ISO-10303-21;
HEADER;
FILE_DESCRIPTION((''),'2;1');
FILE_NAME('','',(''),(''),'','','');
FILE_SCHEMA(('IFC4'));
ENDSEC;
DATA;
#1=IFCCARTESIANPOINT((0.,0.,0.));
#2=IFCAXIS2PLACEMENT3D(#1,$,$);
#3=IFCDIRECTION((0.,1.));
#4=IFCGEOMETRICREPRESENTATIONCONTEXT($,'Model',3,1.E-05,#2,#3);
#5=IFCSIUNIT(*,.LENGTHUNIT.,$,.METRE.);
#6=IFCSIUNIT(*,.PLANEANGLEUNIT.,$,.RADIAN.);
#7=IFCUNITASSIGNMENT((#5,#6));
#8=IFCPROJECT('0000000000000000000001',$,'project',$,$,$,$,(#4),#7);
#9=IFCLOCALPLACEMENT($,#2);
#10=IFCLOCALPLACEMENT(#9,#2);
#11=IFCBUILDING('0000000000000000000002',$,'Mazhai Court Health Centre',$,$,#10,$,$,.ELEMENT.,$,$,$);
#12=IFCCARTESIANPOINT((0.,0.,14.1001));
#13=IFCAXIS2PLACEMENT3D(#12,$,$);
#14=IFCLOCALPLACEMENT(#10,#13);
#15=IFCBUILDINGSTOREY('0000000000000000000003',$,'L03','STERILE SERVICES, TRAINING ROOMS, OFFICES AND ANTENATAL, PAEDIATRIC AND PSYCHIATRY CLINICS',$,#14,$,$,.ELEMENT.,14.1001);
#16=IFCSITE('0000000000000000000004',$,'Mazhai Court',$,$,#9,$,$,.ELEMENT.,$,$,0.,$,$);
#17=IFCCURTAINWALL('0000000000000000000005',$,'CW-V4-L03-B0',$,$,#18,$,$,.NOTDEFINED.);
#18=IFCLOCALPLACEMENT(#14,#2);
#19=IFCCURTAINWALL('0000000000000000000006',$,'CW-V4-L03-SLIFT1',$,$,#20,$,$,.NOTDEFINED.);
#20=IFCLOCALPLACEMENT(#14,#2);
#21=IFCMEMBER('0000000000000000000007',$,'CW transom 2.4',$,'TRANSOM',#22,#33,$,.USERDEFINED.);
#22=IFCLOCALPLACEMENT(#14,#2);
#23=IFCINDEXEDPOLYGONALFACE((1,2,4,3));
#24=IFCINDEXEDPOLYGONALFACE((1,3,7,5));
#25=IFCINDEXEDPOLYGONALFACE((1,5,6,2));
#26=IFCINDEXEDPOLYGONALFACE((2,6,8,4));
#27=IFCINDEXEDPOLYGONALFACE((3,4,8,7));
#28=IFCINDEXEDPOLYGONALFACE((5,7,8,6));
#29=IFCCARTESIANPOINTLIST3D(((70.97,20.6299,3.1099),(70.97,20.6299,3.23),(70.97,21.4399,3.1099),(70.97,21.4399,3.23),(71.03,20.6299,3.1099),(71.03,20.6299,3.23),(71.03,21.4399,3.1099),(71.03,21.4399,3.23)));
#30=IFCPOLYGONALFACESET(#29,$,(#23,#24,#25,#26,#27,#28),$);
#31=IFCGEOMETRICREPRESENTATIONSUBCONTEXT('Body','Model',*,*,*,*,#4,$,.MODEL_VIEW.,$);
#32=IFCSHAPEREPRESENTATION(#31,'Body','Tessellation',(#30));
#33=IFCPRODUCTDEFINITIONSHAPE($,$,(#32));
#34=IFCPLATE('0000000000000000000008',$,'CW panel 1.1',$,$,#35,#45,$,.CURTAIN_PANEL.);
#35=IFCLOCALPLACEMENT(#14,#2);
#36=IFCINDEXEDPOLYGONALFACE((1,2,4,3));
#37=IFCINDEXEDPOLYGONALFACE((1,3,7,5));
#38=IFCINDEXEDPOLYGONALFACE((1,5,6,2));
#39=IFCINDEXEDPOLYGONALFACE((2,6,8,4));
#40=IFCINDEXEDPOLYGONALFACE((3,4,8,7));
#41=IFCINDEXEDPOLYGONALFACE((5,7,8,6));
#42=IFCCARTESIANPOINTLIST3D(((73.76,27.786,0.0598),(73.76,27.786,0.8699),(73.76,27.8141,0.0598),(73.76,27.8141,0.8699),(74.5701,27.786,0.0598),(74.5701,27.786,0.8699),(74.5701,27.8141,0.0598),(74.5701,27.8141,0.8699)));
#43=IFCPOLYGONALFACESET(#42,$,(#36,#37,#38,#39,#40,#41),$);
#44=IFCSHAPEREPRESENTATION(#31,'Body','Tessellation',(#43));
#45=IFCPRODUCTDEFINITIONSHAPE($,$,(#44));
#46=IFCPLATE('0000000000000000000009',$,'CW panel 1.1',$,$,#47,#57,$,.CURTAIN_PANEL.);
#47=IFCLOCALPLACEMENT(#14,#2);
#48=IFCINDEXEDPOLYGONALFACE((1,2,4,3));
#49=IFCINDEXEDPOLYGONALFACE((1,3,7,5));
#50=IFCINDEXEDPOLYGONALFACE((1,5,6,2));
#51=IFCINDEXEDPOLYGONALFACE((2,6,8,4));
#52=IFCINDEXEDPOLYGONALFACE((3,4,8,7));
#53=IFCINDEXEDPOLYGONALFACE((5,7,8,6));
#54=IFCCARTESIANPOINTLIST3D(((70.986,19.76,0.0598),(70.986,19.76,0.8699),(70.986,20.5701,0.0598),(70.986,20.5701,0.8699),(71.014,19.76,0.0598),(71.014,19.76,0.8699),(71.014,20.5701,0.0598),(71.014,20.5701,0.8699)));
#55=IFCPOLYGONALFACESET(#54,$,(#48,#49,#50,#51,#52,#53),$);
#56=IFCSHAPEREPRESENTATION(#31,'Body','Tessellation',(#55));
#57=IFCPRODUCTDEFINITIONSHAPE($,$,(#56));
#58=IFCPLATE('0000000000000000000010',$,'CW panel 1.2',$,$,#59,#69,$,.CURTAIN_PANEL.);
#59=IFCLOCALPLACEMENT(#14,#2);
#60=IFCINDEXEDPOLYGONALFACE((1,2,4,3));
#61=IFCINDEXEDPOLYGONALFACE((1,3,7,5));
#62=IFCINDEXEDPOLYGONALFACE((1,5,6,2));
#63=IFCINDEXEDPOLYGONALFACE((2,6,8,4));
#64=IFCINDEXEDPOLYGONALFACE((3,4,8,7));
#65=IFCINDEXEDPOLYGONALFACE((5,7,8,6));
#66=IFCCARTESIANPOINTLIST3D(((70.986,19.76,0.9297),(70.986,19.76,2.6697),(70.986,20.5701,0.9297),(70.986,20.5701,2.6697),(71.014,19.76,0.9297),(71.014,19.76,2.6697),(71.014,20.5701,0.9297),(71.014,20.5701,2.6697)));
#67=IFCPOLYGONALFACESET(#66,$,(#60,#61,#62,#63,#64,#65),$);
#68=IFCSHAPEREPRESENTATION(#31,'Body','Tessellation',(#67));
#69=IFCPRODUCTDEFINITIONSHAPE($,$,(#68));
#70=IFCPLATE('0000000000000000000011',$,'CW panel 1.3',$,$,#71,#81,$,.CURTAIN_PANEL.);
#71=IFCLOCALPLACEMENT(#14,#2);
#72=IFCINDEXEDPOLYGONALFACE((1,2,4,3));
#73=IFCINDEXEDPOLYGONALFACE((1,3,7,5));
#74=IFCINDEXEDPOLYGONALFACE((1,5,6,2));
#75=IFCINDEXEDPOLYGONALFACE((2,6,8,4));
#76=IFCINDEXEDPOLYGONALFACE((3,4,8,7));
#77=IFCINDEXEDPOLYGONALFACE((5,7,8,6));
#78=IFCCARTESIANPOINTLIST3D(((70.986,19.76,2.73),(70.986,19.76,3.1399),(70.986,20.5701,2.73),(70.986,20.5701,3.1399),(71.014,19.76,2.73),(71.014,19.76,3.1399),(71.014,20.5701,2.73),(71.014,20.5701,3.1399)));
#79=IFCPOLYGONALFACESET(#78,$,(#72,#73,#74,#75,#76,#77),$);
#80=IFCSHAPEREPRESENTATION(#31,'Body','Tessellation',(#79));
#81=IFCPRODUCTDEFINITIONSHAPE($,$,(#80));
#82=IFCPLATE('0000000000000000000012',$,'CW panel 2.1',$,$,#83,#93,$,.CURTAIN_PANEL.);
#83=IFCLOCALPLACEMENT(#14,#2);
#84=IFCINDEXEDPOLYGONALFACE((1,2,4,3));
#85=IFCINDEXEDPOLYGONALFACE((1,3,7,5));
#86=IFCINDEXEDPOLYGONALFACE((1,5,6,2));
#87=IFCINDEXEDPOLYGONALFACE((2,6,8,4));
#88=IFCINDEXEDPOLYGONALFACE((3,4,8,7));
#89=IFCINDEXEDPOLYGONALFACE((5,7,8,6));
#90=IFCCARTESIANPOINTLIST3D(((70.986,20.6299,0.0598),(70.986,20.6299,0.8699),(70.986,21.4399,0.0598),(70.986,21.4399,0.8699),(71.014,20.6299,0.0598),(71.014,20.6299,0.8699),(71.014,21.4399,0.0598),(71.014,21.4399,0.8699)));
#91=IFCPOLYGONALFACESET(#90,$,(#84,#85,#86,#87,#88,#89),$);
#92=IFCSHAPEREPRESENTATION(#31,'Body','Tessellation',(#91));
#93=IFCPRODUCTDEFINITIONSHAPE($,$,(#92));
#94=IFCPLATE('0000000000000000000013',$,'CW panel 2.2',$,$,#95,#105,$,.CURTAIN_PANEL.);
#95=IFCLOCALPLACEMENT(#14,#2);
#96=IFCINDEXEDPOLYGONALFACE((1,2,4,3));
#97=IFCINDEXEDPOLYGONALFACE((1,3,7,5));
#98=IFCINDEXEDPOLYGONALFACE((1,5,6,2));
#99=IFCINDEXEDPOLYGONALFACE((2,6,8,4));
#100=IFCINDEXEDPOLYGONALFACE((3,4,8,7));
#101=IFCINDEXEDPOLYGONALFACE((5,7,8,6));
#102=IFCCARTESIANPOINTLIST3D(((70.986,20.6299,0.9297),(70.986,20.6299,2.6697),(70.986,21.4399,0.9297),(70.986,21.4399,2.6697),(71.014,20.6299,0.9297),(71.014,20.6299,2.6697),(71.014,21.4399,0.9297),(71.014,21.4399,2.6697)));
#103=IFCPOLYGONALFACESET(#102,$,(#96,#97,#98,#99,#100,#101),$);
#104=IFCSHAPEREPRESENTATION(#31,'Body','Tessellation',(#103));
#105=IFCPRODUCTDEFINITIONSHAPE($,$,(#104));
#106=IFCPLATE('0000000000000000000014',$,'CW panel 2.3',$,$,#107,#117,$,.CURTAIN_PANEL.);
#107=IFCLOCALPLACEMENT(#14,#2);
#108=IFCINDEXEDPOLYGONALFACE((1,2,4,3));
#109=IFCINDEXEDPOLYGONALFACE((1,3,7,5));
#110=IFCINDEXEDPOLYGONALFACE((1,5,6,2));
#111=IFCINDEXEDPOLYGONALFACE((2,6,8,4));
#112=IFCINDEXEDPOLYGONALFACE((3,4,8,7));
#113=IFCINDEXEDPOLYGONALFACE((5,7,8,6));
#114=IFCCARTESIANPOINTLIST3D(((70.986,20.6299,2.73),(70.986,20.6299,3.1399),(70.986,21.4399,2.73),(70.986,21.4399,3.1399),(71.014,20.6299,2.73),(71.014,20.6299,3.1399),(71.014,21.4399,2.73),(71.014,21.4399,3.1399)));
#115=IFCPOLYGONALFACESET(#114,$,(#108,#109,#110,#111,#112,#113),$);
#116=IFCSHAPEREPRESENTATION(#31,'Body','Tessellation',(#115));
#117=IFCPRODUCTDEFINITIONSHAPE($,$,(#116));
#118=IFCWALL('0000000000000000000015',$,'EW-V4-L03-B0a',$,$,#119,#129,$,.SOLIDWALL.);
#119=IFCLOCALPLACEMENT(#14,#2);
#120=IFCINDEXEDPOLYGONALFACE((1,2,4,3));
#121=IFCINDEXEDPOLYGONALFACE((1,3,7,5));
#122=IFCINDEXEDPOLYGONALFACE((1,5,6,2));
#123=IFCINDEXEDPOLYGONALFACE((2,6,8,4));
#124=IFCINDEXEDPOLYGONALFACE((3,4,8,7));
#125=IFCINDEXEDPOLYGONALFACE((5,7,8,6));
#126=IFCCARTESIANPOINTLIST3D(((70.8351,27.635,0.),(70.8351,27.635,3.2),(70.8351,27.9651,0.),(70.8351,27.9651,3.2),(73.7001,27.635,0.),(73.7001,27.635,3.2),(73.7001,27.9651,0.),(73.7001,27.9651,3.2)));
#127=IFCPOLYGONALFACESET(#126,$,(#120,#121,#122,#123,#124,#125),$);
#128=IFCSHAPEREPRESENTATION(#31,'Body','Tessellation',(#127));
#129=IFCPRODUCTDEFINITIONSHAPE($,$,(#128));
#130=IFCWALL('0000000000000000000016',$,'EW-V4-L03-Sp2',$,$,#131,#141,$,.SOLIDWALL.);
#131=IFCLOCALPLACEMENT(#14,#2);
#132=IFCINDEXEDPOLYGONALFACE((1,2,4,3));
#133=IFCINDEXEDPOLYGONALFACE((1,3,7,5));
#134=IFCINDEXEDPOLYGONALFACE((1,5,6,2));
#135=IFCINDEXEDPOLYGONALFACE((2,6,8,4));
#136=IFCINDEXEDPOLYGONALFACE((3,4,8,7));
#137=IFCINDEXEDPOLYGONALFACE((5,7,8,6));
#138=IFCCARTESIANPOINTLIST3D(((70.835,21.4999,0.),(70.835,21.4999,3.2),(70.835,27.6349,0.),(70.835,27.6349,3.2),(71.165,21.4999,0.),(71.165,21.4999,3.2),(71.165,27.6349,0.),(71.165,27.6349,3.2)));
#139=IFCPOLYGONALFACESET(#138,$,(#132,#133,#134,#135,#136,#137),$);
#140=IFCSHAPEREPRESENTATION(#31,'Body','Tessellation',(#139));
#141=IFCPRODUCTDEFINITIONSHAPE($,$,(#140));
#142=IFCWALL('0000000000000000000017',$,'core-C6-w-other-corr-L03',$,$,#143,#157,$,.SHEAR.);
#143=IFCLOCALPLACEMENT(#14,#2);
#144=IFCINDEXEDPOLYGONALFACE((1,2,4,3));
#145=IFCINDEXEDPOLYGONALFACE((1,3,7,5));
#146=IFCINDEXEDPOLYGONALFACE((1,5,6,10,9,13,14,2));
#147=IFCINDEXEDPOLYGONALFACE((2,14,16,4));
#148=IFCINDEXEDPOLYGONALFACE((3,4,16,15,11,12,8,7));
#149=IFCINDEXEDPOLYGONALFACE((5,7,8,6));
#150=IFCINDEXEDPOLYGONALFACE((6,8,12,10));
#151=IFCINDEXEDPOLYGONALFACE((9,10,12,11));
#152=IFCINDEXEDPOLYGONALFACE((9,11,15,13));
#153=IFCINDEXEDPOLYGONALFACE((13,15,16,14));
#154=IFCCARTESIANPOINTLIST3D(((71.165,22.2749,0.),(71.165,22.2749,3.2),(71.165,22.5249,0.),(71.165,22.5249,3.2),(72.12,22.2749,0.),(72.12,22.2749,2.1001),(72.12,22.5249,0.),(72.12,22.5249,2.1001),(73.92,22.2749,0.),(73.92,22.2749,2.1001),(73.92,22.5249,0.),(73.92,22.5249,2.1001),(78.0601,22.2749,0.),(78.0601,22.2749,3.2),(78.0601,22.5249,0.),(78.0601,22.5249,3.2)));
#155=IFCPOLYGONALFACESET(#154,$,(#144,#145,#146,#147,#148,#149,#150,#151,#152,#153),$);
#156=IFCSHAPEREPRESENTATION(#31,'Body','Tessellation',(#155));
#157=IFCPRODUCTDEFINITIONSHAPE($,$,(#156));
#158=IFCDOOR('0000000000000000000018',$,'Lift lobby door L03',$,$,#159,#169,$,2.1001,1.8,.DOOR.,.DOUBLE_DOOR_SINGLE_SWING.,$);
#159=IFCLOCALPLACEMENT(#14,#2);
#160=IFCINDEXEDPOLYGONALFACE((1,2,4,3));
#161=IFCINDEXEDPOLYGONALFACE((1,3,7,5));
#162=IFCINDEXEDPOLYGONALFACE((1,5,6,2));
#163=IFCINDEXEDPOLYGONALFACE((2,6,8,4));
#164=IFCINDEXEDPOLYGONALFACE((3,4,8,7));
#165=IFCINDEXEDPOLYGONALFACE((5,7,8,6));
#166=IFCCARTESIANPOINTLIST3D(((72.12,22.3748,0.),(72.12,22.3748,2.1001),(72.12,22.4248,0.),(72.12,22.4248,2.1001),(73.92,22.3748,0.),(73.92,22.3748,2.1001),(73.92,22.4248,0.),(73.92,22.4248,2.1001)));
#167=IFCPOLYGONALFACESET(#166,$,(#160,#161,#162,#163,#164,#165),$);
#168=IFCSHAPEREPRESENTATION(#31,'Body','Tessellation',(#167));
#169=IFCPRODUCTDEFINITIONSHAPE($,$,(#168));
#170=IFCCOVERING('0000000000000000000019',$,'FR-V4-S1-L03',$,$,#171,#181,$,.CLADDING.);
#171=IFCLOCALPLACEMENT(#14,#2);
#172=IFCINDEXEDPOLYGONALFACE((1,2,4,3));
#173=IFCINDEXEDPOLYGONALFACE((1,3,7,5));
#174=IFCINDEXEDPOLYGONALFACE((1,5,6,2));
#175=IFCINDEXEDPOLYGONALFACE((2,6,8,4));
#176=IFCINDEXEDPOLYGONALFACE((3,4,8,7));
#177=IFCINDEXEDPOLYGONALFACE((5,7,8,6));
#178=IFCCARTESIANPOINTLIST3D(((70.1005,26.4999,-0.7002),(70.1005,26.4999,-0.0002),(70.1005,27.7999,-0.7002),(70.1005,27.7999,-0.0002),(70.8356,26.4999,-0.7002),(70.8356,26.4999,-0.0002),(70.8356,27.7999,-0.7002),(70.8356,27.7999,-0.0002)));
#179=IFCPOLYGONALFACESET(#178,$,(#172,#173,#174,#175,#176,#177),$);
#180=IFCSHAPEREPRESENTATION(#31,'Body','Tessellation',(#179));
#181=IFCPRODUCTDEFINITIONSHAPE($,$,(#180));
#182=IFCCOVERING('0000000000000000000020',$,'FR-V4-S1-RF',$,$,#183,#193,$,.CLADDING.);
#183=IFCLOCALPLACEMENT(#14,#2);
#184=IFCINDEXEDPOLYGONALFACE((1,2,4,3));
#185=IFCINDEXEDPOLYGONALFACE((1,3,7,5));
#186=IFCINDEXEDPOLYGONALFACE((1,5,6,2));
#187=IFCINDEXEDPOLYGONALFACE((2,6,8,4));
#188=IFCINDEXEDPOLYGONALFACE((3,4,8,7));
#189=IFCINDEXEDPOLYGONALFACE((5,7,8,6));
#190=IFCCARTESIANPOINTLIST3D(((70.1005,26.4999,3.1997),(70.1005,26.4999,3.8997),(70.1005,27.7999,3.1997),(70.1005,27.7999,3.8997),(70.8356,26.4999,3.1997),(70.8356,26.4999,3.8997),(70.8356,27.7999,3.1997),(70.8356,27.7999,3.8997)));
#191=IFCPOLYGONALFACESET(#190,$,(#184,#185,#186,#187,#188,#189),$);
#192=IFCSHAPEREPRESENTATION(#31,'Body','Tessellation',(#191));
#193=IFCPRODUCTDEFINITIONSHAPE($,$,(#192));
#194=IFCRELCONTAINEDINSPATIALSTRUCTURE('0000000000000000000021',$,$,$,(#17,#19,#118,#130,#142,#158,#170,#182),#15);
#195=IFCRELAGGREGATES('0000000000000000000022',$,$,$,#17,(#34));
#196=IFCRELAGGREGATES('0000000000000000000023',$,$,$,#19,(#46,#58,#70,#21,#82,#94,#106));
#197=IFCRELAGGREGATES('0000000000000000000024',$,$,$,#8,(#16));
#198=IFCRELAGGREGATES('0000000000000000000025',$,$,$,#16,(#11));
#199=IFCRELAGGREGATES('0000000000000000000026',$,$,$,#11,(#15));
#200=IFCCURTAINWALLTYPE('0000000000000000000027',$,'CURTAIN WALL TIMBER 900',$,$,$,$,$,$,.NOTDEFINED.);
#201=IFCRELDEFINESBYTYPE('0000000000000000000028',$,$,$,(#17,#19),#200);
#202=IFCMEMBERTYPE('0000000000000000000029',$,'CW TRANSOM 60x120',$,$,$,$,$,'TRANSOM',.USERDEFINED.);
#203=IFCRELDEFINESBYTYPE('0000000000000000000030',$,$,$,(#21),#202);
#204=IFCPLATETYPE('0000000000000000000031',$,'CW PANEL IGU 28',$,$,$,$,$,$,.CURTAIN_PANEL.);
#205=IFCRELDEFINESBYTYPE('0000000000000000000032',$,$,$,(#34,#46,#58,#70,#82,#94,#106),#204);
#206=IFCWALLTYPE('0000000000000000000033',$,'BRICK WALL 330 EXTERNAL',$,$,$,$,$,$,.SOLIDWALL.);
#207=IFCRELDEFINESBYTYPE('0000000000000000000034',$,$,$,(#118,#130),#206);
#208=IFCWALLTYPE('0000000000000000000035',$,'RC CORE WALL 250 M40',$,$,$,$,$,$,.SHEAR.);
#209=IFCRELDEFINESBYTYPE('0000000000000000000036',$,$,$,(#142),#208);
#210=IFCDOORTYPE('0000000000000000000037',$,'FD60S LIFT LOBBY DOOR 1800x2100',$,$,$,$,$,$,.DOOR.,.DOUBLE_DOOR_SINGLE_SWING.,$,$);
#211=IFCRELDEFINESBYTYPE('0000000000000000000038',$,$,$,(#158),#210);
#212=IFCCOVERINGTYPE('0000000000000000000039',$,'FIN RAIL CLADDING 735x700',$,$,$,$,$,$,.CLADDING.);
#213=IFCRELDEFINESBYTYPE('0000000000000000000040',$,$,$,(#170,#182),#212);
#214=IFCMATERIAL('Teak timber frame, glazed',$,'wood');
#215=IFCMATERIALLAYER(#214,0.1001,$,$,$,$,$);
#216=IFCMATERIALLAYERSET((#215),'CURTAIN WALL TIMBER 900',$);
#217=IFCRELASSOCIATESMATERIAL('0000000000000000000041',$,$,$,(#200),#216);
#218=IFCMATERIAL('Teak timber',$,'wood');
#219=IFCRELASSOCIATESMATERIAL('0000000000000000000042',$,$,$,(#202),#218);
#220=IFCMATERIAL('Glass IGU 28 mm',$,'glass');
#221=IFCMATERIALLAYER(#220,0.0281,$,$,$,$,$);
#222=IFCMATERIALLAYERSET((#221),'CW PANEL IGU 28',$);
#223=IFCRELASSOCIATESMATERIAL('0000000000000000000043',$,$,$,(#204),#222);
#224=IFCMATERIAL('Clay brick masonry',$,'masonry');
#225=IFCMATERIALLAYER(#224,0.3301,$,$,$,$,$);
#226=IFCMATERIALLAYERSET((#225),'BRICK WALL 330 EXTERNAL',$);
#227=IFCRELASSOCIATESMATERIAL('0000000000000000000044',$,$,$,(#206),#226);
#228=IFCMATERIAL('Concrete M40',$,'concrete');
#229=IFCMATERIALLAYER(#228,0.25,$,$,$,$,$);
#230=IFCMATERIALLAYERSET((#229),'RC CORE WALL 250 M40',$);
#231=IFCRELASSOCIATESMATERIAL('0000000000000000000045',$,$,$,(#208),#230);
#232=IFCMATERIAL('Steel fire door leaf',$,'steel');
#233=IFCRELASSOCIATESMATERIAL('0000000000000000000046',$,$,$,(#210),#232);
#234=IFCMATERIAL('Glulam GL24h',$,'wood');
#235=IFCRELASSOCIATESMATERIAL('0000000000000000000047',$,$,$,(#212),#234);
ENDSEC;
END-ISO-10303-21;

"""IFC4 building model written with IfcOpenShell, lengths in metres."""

from ifc_helpers import new_model, si_unit, direction, frame, frame_2d, origin, origin_2d, place, context, subcontext, project, spatial, rectangle, extrude, material, layer, layer_set, material_profile, profile_set, type_object, element, fill, aggregate, save


model = new_model("IFC4")

# Units and contexts
model_context = context("Model", 3, precision=1e-05, world=origin(), true_north=direction((0.0, 1.0)))
body_context = subcontext(model_context, "Body", "Model", "MODEL_VIEW")
ifc_project = project(units=[si_unit("LENGTHUNIT", "METRE"), si_unit("PLANEANGLEUNIT", "RADIAN")], contexts=[model_context])

# Site, building, storey
site_placement = place(None, origin())
site = spatial("IfcSite", under=ifc_project, at=site_placement, Name="Mazhai Court", CompositionType="ELEMENT", RefElevation=0.0)
building_placement = place(site_placement, origin())
building = spatial("IfcBuilding", under=site, at=building_placement, Name="Mazhai Court Health Centre", CompositionType="ELEMENT")
storey_placement = place(building_placement, frame((0.0, 0.0, 14.1001)))
storey = spatial("IfcBuildingStorey", under=building, at=storey_placement, Name="L03", Description="STERILE SERVICES, TRAINING ROOMS, OFFICES AND ANTENATAL, PAEDIATRIC AND PSYCHIATRY CLINICS", CompositionType="ELEMENT", Elevation=14.1001)

# Curtain wall
ifc_material_1 = material(Name="Teak timber frame, glazed", Category="wood")
ifc_layer_1 = layer(ifc_material_1, 0.1001)
ifc_layer_set_1 = layer_set([ifc_layer_1], Name="CURTAIN WALL TIMBER 900")
curtain_wall_type = type_object("IfcCurtainWallType", Name="CURTAIN WALL TIMBER 900", PredefinedType="NOTDEFINED", material=ifc_layer_set_1)
curtain_wall_1_placement = place(storey_placement, origin())
curtain_wall_1 = element("IfcCurtainWall", 1, at=curtain_wall_1_placement, inside=storey, type_object=curtain_wall_type, Name="CW-V4-L03-B0", PredefinedType="NOTDEFINED")

# Curtain wall
curtain_wall_2_placement = place(storey_placement, origin())
curtain_wall_2 = element("IfcCurtainWall", 2, at=curtain_wall_2_placement, inside=storey, type_object=curtain_wall_type, Name="CW-V4-L03-SLIFT1", PredefinedType="NOTDEFINED")

# Member
ifc_material_2 = material(Name="Teak timber", Category="wood")
ifc_material_profile_1 = material_profile(ifc_material_2, rectangle(XDim=0.0601, YDim=0.1201, at=origin_2d()), Name="CW TRANSOM 60x120")
ifc_profile_set_1 = profile_set([ifc_material_profile_1], Name="Teak timber")
member_type_1 = type_object("IfcMemberType", Name="CW TRANSOM 60x120", ElementType="TRANSOM", PredefinedType="USERDEFINED", material=ifc_profile_set_1)
member_1_placement = place(storey_placement, frame((71.0, 20.6299, 3.1699), z_axis=(0.0, 1.0, 0.0), x_axis=(-1.0, 0.0, 0.0)))
member_1 = element("IfcMember", 3, at=member_1_placement, type_object=member_type_1, Name="CW transom 2.4", ObjectType="TRANSOM", PredefinedType="USERDEFINED", context=body_context, shape_type="SweptSolid", body=[
    extrude(rectangle(XDim=0.0601, YDim=0.1201, at=origin_2d()), origin(), (0.0, 0.0, 1.0), 0.8101),
])

# Plates
ifc_material_3 = material(Name="Glass IGU 28 mm", Category="glass")
ifc_layer_2 = layer(ifc_material_3, 0.0281)
ifc_layer_set_2 = layer_set([ifc_layer_2], Name="CW PANEL IGU 28")
plate_type = type_object("IfcPlateType", Name="CW PANEL IGU 28", PredefinedType="CURTAIN_PANEL", material=ifc_layer_set_2)
plate_1_placement = place(storey_placement, frame((74.165, 27.8, 0.0598), z_axis=(0.0, 0.0, 1.0), x_axis=(1.0, 0.0, 0.0)))
plate_1 = element("IfcPlate", 4, at=plate_1_placement, type_object=plate_type, Name="CW panel 1.1", PredefinedType="CURTAIN_PANEL", context=body_context, shape_type="SweptSolid", body=[
    extrude(rectangle(XDim=0.8101, YDim=0.0281, at=origin_2d()), origin(), (0.0, 0.0, 1.0), 0.8101),
])
aggregate(curtain_wall_1, [plate_1])
plate_2_placement = place(storey_placement, frame((71.0, 20.165, 0.0598), z_axis=(0.0, 0.0, 1.0), x_axis=(0.0, 1.0, 0.0)))
plate_2 = element("IfcPlate", 5, at=plate_2_placement, type_object=plate_type, Name="CW panel 1.1", PredefinedType="CURTAIN_PANEL", context=body_context, shape_type="SweptSolid", body=[
    extrude(rectangle(XDim=0.8101, YDim=0.0281, at=origin_2d()), origin(), (0.0, 0.0, 1.0), 0.8101),
])
plate_3_placement = place(storey_placement, frame((71.0, 20.165, 0.9297), z_axis=(0.0, 0.0, 1.0), x_axis=(0.0, 1.0, 0.0)))
plate_3 = element("IfcPlate", 6, at=plate_3_placement, type_object=plate_type, Name="CW panel 1.2", PredefinedType="CURTAIN_PANEL", context=body_context, shape_type="SweptSolid", body=[
    extrude(rectangle(XDim=0.8101, YDim=0.0281, at=origin_2d()), origin(), (0.0, 0.0, 1.0), 1.74),
])
plate_4_placement = place(storey_placement, frame((71.0, 20.165, 2.73), z_axis=(0.0, 0.0, 1.0), x_axis=(0.0, 1.0, 0.0)))
plate_4 = element("IfcPlate", 7, at=plate_4_placement, type_object=plate_type, Name="CW panel 1.3", PredefinedType="CURTAIN_PANEL", context=body_context, shape_type="SweptSolid", body=[
    extrude(rectangle(XDim=0.8101, YDim=0.0281, at=origin_2d()), origin(), (0.0, 0.0, 1.0), 0.4099),
])
plate_5_placement = place(storey_placement, frame((71.0, 21.0349, 0.0598), z_axis=(0.0, 0.0, 1.0), x_axis=(0.0, 1.0, 0.0)))
plate_5 = element("IfcPlate", 8, at=plate_5_placement, type_object=plate_type, Name="CW panel 2.1", PredefinedType="CURTAIN_PANEL", context=body_context, shape_type="SweptSolid", body=[
    extrude(rectangle(XDim=0.8101, YDim=0.0281, at=origin_2d()), origin(), (0.0, 0.0, 1.0), 0.8101),
])
plate_6_placement = place(storey_placement, frame((71.0, 21.0349, 0.9297), z_axis=(0.0, 0.0, 1.0), x_axis=(0.0, 1.0, 0.0)))
plate_6 = element("IfcPlate", 9, at=plate_6_placement, type_object=plate_type, Name="CW panel 2.2", PredefinedType="CURTAIN_PANEL", context=body_context, shape_type="SweptSolid", body=[
    extrude(rectangle(XDim=0.8101, YDim=0.0281, at=origin_2d()), origin(), (0.0, 0.0, 1.0), 1.74),
])
plate_7_placement = place(storey_placement, frame((71.0, 21.0349, 2.73), z_axis=(0.0, 0.0, 1.0), x_axis=(0.0, 1.0, 0.0)))
plate_7 = element("IfcPlate", 10, at=plate_7_placement, type_object=plate_type, Name="CW panel 2.3", PredefinedType="CURTAIN_PANEL", context=body_context, shape_type="SweptSolid", body=[
    extrude(rectangle(XDim=0.8101, YDim=0.0281, at=origin_2d()), origin(), (0.0, 0.0, 1.0), 0.4099),
])
aggregate(curtain_wall_2, [plate_2, plate_3, plate_4, member_1, plate_5, plate_6, plate_7])

# Walls
ifc_material_4 = material(Name="Clay brick masonry", Category="masonry")
ifc_layer_3 = layer(ifc_material_4, 0.3301)
ifc_layer_set_3 = layer_set([ifc_layer_3], Name="BRICK WALL 330 EXTERNAL")
wall_type_1 = type_object("IfcWallType", Name="BRICK WALL 330 EXTERNAL", PredefinedType="SOLIDWALL", material=ifc_layer_set_3)
wall_1_placement = place(storey_placement, frame((70.835, 27.8, 0.0), z_axis=(0.0, 0.0, 1.0), x_axis=(1.0, 0.0, 0.0)))
element("IfcWall", 11, at=wall_1_placement, inside=storey, type_object=wall_type_1, Name="EW-V4-L03-B0a", PredefinedType="SOLIDWALL", context=body_context, shape_type="SweptSolid", body=[
    extrude(rectangle(XDim=2.865, YDim=0.3301, at=frame_2d((1.4326, 0.0))), origin(), (0.0, 0.0, 1.0), 3.2),
])
wall_2_placement = place(storey_placement, frame((71.0, 21.5, 0.0), z_axis=(0.0, 0.0, 1.0), x_axis=(0.0, 1.0, 0.0)))
element("IfcWall", 12, at=wall_2_placement, inside=storey, type_object=wall_type_1, Name="EW-V4-L03-Sp2", PredefinedType="SOLIDWALL", context=body_context, shape_type="SweptSolid", body=[
    extrude(rectangle(XDim=6.135, YDim=0.3301, at=frame_2d((3.0674, 0.0))), origin(), (0.0, 0.0, 1.0), 3.2),
])

# Wall, opening, door
ifc_material_5 = material(Name="Concrete M40", Category="concrete")
ifc_layer_4 = layer(ifc_material_5, 0.25)
ifc_layer_set_4 = layer_set([ifc_layer_4], Name="RC CORE WALL 250 M40")
wall_type_2 = type_object("IfcWallType", Name="RC CORE WALL 250 M40", PredefinedType="SHEAR", material=ifc_layer_set_4)
wall_3_placement = place(storey_placement, frame((71.165, 22.3999, 0.0), z_axis=(0.0, 0.0, 1.0), x_axis=(1.0, 0.0, 0.0)))
wall_3 = element("IfcWall", 13, at=wall_3_placement, inside=storey, type_object=wall_type_2, Name="core-C6-w-other-corr-L03", PredefinedType="SHEAR", context=body_context, shape_type="SweptSolid", body=[
    extrude(rectangle(XDim=6.895, YDim=0.25, at=frame_2d((3.4475, 0.0))), origin(), (0.0, 0.0, 1.0), 3.2),
])
opening_placement = place(wall_3_placement, frame((0.9551, 0.0, 0.0)))
opening = element("IfcOpeningElement", 14, at=opening_placement, cuts=wall_3, PredefinedType="OPENING", context=body_context, shape_type="SweptSolid", body=[
    extrude(rectangle(XDim=1.8, YDim=2.1001, at=frame_2d((0.8999, 1.05))), frame((0.0, 0.135, 0.0), z_axis=(0.0, -1.0, 0.0), x_axis=(1.0, 0.0, 0.0)), (0.0, 0.0, 1.0), 0.27),
])
ifc_material_6 = material(Name="Steel fire door leaf", Category="steel")
door_type = type_object("IfcDoorType", Name="FD60S LIFT LOBBY DOOR 1800x2100", OperationType="DOUBLE_DOOR_SINGLE_SWING", PredefinedType="DOOR", material=ifc_material_6)
door_placement = place(opening_placement, origin())
door = element("IfcDoor", 15, at=door_placement, inside=storey, type_object=door_type, Name="Lift lobby door L03", OperationType="DOUBLE_DOOR_SINGLE_SWING", OverallHeight=2.1001, OverallWidth=1.8, PredefinedType="DOOR", context=body_context, shape_type="SweptSolid", body=[
    extrude(rectangle(XDim=1.8, YDim=2.1001, at=frame_2d((0.8999, 1.05))), frame((0.0, 0.0249, 0.0), z_axis=(0.0, -1.0, 0.0), x_axis=(1.0, 0.0, 0.0)), (0.0, 0.0, 1.0), 0.05),
])
fill(opening, door)

# Coverings
ifc_material_7 = material(Name="Glulam GL24h", Category="wood")
covering_type_1 = type_object("IfcCoveringType", Name="FIN RAIL CLADDING 735x700", PredefinedType="CLADDING", material=ifc_material_7)
for number, where, z_axis, x_axis, name in (
    (16, (70.468, 27.1499, -0.7002), (0.0, 0.0, 1.0), (1.0, 0.0, 0.0), "FR-V4-S1-L03"),
    (17, (70.468, 27.1499, 3.1997), (0.0, 0.0, 1.0), (1.0, 0.0, 0.0), "FR-V4-S1-RF"),
):
    element("IfcCovering", number, at=place(storey_placement, frame(where, z_axis=z_axis, x_axis=x_axis)), inside=storey, type_object=covering_type_1, Name=name, PredefinedType="CLADDING", context=body_context, shape_type="SweptSolid", body=[
        extrude(rectangle(XDim=0.7351, YDim=1.3, at=origin_2d()), origin(), (0.0, 0.0, 1.0), 0.7),
    ])

save(model, "model.ifc")
